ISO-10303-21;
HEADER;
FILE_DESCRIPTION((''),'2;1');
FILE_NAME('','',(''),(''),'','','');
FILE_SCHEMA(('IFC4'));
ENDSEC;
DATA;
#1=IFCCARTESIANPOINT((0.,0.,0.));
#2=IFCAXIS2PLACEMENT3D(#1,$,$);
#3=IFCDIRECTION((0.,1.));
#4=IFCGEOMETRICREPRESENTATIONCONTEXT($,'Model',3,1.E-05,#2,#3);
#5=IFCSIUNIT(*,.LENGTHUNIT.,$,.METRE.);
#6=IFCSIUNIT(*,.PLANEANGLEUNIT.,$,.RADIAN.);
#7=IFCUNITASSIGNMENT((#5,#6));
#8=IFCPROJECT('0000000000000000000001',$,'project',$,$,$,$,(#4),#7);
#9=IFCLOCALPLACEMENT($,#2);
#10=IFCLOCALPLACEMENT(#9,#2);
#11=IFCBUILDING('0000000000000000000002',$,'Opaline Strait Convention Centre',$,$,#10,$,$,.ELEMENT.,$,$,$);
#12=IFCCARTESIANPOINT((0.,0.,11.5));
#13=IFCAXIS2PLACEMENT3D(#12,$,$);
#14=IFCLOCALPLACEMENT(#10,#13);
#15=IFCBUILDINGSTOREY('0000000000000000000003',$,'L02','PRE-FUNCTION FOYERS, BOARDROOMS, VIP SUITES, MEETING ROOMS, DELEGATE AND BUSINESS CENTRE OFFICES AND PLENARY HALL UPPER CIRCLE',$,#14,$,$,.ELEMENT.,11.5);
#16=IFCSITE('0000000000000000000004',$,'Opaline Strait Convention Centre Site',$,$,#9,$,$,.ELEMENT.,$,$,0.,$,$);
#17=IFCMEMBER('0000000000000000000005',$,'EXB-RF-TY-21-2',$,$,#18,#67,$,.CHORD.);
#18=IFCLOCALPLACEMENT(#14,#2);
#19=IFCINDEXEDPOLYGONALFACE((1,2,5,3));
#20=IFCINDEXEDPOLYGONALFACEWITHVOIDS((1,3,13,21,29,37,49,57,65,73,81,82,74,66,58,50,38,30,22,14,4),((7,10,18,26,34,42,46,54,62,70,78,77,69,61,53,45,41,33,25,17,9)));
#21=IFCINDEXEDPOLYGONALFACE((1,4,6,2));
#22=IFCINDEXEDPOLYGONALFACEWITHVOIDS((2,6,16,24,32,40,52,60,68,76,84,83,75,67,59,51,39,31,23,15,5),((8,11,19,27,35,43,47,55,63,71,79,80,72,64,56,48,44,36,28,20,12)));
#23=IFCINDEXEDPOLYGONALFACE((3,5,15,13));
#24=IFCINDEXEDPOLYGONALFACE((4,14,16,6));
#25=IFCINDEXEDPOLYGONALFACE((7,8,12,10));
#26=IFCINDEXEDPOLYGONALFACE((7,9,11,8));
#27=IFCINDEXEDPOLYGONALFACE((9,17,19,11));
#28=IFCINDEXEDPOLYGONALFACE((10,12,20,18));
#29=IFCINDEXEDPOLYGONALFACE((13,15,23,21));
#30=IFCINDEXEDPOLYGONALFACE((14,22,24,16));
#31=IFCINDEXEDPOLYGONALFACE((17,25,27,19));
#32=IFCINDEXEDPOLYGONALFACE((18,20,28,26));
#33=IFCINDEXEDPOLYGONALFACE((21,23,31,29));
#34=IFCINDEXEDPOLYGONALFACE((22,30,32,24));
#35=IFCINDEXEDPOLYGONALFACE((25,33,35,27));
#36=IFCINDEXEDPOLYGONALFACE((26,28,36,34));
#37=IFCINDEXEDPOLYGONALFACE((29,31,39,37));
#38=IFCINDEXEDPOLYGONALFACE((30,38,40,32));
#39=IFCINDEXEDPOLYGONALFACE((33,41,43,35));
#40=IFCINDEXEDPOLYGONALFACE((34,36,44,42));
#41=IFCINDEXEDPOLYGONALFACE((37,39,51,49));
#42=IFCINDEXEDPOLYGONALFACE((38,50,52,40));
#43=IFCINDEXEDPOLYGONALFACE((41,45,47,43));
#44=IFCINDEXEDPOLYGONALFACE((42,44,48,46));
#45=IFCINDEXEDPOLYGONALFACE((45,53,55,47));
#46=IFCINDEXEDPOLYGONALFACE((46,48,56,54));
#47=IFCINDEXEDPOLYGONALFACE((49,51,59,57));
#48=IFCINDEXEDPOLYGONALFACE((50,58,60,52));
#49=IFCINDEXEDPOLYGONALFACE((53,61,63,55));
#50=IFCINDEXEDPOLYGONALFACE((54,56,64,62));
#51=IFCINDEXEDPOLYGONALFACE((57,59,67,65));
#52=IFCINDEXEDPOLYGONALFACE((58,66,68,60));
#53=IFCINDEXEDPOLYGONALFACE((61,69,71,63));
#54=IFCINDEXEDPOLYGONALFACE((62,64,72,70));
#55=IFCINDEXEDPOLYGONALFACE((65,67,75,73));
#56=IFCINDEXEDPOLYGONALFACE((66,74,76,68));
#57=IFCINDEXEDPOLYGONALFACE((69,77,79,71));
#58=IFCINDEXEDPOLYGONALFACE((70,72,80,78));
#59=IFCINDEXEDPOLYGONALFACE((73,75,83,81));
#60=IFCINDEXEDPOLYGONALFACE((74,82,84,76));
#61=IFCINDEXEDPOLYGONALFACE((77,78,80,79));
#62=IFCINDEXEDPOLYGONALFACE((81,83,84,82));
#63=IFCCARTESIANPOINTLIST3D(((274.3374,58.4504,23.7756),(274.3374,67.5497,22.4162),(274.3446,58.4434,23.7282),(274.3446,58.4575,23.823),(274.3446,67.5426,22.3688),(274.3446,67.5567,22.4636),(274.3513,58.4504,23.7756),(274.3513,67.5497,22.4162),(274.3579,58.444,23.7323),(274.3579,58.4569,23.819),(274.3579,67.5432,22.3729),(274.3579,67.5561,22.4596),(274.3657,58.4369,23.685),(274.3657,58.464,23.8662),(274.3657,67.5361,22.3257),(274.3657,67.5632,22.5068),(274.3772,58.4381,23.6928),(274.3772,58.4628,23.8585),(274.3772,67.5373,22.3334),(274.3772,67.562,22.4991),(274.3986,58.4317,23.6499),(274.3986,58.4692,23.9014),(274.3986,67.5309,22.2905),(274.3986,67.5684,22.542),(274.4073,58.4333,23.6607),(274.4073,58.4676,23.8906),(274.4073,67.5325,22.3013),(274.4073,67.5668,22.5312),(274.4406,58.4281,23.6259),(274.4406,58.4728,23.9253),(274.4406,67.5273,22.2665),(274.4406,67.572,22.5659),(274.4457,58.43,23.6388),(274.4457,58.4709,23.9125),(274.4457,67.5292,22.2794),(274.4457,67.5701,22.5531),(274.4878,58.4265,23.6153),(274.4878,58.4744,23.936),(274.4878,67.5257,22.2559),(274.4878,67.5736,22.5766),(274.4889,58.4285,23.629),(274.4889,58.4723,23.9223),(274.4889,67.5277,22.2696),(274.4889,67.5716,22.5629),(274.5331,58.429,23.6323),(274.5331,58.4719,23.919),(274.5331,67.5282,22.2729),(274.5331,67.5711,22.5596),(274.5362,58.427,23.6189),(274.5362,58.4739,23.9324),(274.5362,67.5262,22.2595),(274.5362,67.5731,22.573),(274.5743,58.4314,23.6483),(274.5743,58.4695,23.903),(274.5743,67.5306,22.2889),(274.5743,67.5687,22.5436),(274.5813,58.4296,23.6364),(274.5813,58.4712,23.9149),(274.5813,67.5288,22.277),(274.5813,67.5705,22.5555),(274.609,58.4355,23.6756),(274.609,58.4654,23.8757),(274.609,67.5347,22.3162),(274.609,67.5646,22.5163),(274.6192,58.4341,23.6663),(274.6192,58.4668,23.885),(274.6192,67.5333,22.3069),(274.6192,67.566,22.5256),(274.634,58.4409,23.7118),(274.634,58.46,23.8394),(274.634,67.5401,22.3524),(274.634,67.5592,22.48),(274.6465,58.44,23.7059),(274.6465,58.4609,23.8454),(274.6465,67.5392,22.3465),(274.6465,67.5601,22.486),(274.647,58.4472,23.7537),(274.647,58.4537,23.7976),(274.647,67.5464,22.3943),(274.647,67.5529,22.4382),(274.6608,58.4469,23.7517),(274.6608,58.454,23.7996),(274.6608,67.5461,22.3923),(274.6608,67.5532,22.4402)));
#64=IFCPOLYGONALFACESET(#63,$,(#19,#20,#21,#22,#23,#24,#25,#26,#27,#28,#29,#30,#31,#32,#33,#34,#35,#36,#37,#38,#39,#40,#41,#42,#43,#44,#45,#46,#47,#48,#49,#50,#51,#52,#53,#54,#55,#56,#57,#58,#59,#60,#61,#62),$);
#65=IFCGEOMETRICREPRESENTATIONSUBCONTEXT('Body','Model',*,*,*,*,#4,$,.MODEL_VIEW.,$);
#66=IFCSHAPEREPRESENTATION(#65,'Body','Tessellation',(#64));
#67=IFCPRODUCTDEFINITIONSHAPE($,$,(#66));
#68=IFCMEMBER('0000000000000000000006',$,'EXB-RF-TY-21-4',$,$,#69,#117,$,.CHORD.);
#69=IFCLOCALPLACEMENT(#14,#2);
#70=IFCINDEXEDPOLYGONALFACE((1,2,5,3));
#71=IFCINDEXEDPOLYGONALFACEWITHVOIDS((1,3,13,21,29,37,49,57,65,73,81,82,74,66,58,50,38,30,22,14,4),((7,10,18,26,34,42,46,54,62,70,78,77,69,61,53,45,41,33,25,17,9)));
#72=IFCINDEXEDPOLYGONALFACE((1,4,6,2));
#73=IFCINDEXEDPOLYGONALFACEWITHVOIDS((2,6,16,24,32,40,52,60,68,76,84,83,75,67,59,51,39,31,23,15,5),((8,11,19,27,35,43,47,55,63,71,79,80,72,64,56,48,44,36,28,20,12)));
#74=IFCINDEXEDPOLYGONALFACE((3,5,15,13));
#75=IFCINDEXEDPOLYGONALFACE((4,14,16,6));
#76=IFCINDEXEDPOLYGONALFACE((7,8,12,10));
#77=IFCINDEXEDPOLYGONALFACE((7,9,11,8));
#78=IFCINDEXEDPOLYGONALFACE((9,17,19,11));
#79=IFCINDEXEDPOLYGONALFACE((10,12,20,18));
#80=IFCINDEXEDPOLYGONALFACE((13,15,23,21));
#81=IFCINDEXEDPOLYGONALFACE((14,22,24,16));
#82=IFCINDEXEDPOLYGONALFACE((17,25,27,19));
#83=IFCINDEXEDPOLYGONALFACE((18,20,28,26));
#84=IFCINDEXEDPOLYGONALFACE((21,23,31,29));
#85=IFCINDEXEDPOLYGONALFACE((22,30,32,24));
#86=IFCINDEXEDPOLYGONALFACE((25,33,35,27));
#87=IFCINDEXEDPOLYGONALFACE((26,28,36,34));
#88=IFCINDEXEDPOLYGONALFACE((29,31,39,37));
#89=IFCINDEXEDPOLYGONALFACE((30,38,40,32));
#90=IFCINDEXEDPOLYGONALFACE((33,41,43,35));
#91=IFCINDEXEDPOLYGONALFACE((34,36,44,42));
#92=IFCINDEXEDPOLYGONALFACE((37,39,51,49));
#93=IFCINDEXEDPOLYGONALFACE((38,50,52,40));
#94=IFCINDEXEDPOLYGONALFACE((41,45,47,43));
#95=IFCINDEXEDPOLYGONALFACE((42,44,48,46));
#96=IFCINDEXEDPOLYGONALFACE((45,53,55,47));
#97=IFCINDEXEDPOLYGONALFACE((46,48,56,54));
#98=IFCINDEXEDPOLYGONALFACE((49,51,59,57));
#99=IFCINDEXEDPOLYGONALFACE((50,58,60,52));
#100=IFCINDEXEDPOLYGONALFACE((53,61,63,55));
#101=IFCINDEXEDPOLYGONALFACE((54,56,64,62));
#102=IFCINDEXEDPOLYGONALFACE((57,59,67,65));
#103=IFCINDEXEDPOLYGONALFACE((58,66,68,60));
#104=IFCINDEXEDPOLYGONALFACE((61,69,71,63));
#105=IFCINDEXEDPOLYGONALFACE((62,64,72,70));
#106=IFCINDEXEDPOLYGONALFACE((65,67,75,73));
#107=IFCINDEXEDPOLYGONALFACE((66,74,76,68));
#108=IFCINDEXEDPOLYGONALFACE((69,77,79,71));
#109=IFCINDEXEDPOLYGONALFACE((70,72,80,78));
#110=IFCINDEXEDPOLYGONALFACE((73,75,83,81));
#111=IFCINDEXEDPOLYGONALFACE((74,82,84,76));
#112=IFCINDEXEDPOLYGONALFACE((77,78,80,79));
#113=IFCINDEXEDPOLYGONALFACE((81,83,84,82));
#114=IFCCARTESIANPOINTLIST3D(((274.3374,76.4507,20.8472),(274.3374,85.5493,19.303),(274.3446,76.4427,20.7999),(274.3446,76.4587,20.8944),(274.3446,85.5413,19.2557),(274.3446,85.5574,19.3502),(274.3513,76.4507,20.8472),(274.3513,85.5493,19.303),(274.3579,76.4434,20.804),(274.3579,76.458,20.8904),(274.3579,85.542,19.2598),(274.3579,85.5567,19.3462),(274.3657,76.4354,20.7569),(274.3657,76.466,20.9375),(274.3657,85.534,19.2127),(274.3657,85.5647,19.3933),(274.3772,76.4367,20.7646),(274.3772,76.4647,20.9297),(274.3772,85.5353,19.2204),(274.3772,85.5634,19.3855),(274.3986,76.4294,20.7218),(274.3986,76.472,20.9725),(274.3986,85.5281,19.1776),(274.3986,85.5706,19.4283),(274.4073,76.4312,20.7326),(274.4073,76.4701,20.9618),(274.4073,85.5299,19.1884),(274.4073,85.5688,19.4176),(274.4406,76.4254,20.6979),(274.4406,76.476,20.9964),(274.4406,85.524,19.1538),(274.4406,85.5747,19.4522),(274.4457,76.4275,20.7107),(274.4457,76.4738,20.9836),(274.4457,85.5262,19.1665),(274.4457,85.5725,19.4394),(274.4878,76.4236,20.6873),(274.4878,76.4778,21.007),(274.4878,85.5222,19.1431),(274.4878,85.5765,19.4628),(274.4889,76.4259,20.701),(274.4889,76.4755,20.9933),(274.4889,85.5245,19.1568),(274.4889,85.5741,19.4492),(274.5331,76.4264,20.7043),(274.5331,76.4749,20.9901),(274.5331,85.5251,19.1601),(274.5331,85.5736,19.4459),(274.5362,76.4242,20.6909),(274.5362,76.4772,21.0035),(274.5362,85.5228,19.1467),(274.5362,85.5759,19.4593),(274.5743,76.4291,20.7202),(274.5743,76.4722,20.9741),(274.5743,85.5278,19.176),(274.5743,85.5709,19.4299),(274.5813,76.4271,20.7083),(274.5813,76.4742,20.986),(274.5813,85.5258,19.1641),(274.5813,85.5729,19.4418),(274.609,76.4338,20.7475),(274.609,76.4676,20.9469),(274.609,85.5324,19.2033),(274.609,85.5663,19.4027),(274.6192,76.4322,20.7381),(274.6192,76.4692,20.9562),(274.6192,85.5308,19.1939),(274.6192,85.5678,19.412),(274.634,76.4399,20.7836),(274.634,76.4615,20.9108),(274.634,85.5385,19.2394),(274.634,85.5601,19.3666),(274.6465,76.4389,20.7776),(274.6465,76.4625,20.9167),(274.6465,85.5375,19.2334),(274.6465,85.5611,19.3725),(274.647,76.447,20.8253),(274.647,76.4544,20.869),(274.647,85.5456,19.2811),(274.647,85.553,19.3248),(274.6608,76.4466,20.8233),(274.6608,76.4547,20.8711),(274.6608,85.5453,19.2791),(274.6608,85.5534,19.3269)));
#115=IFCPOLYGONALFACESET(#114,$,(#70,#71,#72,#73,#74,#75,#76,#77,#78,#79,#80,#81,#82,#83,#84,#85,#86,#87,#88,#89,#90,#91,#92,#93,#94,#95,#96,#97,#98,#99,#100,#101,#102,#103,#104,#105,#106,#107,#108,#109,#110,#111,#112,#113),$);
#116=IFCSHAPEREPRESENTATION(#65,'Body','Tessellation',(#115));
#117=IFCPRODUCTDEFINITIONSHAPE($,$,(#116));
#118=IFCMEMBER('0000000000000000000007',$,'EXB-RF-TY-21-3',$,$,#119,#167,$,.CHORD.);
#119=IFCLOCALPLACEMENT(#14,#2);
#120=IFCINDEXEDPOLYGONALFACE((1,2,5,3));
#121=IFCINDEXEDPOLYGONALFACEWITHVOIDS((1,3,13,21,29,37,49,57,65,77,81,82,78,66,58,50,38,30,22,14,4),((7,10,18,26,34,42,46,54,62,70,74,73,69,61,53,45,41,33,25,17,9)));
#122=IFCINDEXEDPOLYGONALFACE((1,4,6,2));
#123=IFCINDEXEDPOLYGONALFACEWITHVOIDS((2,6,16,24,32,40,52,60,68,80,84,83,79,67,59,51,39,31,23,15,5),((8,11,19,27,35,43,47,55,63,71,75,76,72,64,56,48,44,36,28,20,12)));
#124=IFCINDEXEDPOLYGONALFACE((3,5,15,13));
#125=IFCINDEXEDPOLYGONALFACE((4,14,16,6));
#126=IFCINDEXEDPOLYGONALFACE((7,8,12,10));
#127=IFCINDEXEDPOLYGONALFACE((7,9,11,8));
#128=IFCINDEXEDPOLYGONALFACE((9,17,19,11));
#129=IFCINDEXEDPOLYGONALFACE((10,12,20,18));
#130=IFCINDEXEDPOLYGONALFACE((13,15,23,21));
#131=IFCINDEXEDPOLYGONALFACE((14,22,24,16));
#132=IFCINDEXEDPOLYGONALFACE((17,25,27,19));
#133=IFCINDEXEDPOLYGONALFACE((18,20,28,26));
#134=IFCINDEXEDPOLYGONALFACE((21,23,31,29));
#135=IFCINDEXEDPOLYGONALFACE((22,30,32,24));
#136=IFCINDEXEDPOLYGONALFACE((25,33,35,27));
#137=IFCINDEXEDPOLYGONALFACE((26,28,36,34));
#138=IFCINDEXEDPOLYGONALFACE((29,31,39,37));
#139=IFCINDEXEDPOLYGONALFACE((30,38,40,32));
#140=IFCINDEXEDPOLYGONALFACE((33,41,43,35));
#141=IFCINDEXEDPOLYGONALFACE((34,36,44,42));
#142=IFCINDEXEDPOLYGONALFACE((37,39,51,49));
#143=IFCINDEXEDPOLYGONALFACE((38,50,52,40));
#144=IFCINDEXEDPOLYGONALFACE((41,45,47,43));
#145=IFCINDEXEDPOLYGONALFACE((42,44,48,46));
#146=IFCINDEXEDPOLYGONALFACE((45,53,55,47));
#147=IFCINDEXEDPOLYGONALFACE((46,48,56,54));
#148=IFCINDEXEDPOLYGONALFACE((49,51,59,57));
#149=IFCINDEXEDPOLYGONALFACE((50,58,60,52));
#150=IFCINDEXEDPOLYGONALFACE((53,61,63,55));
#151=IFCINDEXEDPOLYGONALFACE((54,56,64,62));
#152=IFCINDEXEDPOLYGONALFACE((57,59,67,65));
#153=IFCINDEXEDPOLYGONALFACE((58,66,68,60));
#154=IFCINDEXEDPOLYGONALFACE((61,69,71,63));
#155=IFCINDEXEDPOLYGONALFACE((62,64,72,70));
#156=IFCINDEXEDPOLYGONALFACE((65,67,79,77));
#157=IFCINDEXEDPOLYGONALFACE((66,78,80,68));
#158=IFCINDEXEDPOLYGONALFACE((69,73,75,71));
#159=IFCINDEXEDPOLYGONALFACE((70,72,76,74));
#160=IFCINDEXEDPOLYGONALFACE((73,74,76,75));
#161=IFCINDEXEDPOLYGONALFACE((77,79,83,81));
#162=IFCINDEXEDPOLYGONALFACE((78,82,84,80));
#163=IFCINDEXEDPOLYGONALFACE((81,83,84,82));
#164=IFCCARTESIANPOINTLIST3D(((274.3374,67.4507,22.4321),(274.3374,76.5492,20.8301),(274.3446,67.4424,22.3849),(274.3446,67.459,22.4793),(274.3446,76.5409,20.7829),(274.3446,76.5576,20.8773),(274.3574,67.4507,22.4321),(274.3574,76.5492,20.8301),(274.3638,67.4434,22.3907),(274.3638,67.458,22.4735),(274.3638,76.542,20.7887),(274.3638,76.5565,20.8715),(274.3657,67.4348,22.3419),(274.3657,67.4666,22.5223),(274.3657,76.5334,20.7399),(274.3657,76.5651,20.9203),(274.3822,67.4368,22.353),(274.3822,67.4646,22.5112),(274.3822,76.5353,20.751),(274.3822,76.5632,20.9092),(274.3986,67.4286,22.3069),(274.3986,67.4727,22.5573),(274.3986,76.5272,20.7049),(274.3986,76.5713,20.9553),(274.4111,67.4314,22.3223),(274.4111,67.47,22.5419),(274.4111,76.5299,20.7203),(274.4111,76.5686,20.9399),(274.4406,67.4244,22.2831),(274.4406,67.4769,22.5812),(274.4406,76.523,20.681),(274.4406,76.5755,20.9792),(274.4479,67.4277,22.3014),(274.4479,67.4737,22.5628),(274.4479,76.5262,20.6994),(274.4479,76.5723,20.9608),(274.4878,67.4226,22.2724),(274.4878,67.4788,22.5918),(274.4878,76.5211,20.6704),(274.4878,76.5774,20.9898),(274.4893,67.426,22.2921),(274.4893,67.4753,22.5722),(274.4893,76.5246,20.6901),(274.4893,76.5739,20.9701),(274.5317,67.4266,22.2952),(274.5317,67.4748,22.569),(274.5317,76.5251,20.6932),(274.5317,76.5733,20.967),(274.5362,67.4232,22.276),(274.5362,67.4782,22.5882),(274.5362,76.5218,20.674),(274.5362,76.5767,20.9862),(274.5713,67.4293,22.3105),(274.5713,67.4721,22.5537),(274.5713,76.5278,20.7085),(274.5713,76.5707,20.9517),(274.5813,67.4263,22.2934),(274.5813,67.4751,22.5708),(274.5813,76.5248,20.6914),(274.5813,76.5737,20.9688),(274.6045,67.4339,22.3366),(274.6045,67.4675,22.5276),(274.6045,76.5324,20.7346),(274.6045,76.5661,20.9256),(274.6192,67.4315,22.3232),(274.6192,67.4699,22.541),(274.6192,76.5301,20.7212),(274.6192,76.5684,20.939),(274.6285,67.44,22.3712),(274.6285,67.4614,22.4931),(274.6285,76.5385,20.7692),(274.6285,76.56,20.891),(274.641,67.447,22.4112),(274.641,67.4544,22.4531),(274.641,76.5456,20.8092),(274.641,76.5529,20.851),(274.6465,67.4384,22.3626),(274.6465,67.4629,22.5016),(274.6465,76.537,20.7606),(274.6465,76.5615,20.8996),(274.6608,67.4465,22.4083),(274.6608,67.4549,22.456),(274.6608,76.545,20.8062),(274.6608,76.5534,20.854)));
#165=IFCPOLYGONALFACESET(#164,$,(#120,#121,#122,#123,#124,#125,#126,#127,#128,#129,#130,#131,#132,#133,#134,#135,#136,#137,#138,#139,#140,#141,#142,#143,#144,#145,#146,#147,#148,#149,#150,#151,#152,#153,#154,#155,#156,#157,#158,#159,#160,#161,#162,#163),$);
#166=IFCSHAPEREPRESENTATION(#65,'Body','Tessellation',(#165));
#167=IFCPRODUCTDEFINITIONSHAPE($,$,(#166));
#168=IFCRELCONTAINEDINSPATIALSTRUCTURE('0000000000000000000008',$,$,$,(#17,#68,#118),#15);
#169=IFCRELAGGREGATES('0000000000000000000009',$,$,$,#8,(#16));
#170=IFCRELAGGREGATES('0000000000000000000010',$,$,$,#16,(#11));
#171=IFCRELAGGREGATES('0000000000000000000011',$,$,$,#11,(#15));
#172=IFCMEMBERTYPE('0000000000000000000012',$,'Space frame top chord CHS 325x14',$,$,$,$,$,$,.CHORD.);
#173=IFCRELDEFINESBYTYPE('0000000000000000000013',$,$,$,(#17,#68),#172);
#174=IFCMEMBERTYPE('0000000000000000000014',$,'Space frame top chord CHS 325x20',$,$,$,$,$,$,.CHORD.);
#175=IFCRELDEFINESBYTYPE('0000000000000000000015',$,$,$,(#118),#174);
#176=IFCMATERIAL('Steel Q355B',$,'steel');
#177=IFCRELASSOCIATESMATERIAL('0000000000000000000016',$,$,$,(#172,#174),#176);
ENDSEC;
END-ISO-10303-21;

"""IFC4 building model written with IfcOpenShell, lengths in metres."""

from ifc_helpers import new_model, si_unit, direction, frame, origin, origin_2d, place, context, subcontext, project, spatial, hollow_circle, extrude, material, material_profile, profile_set, type_object, element, save


model = new_model("IFC4")

# Units and contexts
model_context = context("Model", 3, precision=1e-05, world=origin(), true_north=direction((0.0, 1.0)))
body_context = subcontext(model_context, "Body", "Model", "MODEL_VIEW")
ifc_project = project(units=[si_unit("LENGTHUNIT", "METRE"), si_unit("PLANEANGLEUNIT", "RADIAN")], contexts=[model_context])

# Site, building, storey
site_placement = place(None, origin())
site = spatial("IfcSite", under=ifc_project, at=site_placement, Name="Opaline Strait Convention Centre Site", CompositionType="ELEMENT", RefElevation=0.0)
building_placement = place(site_placement, origin())
building = spatial("IfcBuilding", under=site, at=building_placement, Name="Opaline Strait Convention Centre", CompositionType="ELEMENT")
storey_placement = place(building_placement, frame((0.0, 0.0, 11.5)))
storey = spatial("IfcBuildingStorey", under=building, at=storey_placement, Name="L02", Description="PRE-FUNCTION FOYERS, BOARDROOMS, VIP SUITES, MEETING ROOMS, DELEGATE AND BUSINESS CENTRE OFFICES AND PLENARY HALL UPPER CIRCLE", CompositionType="ELEMENT", Elevation=11.5)

# Members
ifc_material_1 = material(Name="Steel Q355B", Category="steel")
ifc_material_profile_1 = material_profile(ifc_material_1, hollow_circle(Radius=0.1626, WallThickness=0.0139, at=origin_2d()), Name="CHS 325x14")
ifc_profile_set_1 = profile_set([ifc_material_profile_1], Name="Steel Q355B")
member_type_1 = type_object("IfcMemberType", Name="Space frame top chord CHS 325x14", PredefinedType="CHORD", material=ifc_profile_set_1)
member_1_placement = place(storey_placement, frame((274.5, 58.4504, 23.7756), z_axis=(0.0, 0.989024, -0.147756), x_axis=(-1.0, 0.0, 0.0)))
element("IfcMember", 1, at=member_1_placement, inside=storey, type_object=member_type_1, Name="EXB-RF-TY-21-2", PredefinedType="CHORD", context=body_context, shape_type="SweptSolid", body=[
    extrude(hollow_circle(Radius=0.1626, WallThickness=0.0139, at=origin_2d()), origin(), (0.0, 0.0, 1.0), 9.2002),
])
member_2_placement = place(storey_placement, frame((274.5, 76.4507, 20.8472), z_axis=(0.0, 0.985902, -0.167324), x_axis=(-1.0, 0.0, 0.0)))
element("IfcMember", 2, at=member_2_placement, inside=storey, type_object=member_type_1, Name="EXB-RF-TY-21-4", PredefinedType="CHORD", context=body_context, shape_type="SweptSolid", body=[
    extrude(hollow_circle(Radius=0.1626, WallThickness=0.0139, at=origin_2d()), origin(), (0.0, 0.0, 1.0), 9.2288),
])
ifc_material_profile_2 = material_profile(ifc_material_1, hollow_circle(Radius=0.1626, WallThickness=0.02, at=origin_2d()), Name="CHS 325x20")
ifc_profile_set_2 = profile_set([ifc_material_profile_2], Name="Steel Q355B")
member_type_2 = type_object("IfcMemberType", Name="Space frame top chord CHS 325x20", PredefinedType="CHORD", material=ifc_profile_set_2)
member_3_placement = place(storey_placement, frame((274.5, 67.4507, 22.4321), z_axis=(0.0, 0.98485, -0.173408), x_axis=(-1.0, 0.0, 0.0)))
element("IfcMember", 3, at=member_3_placement, inside=storey, type_object=member_type_2, Name="EXB-RF-TY-21-3", PredefinedType="CHORD", context=body_context, shape_type="SweptSolid", body=[
    extrude(hollow_circle(Radius=0.1626, WallThickness=0.02, at=origin_2d()), origin(), (0.0, 0.0, 1.0), 9.2385),
])

save(model, "model.ifc")
